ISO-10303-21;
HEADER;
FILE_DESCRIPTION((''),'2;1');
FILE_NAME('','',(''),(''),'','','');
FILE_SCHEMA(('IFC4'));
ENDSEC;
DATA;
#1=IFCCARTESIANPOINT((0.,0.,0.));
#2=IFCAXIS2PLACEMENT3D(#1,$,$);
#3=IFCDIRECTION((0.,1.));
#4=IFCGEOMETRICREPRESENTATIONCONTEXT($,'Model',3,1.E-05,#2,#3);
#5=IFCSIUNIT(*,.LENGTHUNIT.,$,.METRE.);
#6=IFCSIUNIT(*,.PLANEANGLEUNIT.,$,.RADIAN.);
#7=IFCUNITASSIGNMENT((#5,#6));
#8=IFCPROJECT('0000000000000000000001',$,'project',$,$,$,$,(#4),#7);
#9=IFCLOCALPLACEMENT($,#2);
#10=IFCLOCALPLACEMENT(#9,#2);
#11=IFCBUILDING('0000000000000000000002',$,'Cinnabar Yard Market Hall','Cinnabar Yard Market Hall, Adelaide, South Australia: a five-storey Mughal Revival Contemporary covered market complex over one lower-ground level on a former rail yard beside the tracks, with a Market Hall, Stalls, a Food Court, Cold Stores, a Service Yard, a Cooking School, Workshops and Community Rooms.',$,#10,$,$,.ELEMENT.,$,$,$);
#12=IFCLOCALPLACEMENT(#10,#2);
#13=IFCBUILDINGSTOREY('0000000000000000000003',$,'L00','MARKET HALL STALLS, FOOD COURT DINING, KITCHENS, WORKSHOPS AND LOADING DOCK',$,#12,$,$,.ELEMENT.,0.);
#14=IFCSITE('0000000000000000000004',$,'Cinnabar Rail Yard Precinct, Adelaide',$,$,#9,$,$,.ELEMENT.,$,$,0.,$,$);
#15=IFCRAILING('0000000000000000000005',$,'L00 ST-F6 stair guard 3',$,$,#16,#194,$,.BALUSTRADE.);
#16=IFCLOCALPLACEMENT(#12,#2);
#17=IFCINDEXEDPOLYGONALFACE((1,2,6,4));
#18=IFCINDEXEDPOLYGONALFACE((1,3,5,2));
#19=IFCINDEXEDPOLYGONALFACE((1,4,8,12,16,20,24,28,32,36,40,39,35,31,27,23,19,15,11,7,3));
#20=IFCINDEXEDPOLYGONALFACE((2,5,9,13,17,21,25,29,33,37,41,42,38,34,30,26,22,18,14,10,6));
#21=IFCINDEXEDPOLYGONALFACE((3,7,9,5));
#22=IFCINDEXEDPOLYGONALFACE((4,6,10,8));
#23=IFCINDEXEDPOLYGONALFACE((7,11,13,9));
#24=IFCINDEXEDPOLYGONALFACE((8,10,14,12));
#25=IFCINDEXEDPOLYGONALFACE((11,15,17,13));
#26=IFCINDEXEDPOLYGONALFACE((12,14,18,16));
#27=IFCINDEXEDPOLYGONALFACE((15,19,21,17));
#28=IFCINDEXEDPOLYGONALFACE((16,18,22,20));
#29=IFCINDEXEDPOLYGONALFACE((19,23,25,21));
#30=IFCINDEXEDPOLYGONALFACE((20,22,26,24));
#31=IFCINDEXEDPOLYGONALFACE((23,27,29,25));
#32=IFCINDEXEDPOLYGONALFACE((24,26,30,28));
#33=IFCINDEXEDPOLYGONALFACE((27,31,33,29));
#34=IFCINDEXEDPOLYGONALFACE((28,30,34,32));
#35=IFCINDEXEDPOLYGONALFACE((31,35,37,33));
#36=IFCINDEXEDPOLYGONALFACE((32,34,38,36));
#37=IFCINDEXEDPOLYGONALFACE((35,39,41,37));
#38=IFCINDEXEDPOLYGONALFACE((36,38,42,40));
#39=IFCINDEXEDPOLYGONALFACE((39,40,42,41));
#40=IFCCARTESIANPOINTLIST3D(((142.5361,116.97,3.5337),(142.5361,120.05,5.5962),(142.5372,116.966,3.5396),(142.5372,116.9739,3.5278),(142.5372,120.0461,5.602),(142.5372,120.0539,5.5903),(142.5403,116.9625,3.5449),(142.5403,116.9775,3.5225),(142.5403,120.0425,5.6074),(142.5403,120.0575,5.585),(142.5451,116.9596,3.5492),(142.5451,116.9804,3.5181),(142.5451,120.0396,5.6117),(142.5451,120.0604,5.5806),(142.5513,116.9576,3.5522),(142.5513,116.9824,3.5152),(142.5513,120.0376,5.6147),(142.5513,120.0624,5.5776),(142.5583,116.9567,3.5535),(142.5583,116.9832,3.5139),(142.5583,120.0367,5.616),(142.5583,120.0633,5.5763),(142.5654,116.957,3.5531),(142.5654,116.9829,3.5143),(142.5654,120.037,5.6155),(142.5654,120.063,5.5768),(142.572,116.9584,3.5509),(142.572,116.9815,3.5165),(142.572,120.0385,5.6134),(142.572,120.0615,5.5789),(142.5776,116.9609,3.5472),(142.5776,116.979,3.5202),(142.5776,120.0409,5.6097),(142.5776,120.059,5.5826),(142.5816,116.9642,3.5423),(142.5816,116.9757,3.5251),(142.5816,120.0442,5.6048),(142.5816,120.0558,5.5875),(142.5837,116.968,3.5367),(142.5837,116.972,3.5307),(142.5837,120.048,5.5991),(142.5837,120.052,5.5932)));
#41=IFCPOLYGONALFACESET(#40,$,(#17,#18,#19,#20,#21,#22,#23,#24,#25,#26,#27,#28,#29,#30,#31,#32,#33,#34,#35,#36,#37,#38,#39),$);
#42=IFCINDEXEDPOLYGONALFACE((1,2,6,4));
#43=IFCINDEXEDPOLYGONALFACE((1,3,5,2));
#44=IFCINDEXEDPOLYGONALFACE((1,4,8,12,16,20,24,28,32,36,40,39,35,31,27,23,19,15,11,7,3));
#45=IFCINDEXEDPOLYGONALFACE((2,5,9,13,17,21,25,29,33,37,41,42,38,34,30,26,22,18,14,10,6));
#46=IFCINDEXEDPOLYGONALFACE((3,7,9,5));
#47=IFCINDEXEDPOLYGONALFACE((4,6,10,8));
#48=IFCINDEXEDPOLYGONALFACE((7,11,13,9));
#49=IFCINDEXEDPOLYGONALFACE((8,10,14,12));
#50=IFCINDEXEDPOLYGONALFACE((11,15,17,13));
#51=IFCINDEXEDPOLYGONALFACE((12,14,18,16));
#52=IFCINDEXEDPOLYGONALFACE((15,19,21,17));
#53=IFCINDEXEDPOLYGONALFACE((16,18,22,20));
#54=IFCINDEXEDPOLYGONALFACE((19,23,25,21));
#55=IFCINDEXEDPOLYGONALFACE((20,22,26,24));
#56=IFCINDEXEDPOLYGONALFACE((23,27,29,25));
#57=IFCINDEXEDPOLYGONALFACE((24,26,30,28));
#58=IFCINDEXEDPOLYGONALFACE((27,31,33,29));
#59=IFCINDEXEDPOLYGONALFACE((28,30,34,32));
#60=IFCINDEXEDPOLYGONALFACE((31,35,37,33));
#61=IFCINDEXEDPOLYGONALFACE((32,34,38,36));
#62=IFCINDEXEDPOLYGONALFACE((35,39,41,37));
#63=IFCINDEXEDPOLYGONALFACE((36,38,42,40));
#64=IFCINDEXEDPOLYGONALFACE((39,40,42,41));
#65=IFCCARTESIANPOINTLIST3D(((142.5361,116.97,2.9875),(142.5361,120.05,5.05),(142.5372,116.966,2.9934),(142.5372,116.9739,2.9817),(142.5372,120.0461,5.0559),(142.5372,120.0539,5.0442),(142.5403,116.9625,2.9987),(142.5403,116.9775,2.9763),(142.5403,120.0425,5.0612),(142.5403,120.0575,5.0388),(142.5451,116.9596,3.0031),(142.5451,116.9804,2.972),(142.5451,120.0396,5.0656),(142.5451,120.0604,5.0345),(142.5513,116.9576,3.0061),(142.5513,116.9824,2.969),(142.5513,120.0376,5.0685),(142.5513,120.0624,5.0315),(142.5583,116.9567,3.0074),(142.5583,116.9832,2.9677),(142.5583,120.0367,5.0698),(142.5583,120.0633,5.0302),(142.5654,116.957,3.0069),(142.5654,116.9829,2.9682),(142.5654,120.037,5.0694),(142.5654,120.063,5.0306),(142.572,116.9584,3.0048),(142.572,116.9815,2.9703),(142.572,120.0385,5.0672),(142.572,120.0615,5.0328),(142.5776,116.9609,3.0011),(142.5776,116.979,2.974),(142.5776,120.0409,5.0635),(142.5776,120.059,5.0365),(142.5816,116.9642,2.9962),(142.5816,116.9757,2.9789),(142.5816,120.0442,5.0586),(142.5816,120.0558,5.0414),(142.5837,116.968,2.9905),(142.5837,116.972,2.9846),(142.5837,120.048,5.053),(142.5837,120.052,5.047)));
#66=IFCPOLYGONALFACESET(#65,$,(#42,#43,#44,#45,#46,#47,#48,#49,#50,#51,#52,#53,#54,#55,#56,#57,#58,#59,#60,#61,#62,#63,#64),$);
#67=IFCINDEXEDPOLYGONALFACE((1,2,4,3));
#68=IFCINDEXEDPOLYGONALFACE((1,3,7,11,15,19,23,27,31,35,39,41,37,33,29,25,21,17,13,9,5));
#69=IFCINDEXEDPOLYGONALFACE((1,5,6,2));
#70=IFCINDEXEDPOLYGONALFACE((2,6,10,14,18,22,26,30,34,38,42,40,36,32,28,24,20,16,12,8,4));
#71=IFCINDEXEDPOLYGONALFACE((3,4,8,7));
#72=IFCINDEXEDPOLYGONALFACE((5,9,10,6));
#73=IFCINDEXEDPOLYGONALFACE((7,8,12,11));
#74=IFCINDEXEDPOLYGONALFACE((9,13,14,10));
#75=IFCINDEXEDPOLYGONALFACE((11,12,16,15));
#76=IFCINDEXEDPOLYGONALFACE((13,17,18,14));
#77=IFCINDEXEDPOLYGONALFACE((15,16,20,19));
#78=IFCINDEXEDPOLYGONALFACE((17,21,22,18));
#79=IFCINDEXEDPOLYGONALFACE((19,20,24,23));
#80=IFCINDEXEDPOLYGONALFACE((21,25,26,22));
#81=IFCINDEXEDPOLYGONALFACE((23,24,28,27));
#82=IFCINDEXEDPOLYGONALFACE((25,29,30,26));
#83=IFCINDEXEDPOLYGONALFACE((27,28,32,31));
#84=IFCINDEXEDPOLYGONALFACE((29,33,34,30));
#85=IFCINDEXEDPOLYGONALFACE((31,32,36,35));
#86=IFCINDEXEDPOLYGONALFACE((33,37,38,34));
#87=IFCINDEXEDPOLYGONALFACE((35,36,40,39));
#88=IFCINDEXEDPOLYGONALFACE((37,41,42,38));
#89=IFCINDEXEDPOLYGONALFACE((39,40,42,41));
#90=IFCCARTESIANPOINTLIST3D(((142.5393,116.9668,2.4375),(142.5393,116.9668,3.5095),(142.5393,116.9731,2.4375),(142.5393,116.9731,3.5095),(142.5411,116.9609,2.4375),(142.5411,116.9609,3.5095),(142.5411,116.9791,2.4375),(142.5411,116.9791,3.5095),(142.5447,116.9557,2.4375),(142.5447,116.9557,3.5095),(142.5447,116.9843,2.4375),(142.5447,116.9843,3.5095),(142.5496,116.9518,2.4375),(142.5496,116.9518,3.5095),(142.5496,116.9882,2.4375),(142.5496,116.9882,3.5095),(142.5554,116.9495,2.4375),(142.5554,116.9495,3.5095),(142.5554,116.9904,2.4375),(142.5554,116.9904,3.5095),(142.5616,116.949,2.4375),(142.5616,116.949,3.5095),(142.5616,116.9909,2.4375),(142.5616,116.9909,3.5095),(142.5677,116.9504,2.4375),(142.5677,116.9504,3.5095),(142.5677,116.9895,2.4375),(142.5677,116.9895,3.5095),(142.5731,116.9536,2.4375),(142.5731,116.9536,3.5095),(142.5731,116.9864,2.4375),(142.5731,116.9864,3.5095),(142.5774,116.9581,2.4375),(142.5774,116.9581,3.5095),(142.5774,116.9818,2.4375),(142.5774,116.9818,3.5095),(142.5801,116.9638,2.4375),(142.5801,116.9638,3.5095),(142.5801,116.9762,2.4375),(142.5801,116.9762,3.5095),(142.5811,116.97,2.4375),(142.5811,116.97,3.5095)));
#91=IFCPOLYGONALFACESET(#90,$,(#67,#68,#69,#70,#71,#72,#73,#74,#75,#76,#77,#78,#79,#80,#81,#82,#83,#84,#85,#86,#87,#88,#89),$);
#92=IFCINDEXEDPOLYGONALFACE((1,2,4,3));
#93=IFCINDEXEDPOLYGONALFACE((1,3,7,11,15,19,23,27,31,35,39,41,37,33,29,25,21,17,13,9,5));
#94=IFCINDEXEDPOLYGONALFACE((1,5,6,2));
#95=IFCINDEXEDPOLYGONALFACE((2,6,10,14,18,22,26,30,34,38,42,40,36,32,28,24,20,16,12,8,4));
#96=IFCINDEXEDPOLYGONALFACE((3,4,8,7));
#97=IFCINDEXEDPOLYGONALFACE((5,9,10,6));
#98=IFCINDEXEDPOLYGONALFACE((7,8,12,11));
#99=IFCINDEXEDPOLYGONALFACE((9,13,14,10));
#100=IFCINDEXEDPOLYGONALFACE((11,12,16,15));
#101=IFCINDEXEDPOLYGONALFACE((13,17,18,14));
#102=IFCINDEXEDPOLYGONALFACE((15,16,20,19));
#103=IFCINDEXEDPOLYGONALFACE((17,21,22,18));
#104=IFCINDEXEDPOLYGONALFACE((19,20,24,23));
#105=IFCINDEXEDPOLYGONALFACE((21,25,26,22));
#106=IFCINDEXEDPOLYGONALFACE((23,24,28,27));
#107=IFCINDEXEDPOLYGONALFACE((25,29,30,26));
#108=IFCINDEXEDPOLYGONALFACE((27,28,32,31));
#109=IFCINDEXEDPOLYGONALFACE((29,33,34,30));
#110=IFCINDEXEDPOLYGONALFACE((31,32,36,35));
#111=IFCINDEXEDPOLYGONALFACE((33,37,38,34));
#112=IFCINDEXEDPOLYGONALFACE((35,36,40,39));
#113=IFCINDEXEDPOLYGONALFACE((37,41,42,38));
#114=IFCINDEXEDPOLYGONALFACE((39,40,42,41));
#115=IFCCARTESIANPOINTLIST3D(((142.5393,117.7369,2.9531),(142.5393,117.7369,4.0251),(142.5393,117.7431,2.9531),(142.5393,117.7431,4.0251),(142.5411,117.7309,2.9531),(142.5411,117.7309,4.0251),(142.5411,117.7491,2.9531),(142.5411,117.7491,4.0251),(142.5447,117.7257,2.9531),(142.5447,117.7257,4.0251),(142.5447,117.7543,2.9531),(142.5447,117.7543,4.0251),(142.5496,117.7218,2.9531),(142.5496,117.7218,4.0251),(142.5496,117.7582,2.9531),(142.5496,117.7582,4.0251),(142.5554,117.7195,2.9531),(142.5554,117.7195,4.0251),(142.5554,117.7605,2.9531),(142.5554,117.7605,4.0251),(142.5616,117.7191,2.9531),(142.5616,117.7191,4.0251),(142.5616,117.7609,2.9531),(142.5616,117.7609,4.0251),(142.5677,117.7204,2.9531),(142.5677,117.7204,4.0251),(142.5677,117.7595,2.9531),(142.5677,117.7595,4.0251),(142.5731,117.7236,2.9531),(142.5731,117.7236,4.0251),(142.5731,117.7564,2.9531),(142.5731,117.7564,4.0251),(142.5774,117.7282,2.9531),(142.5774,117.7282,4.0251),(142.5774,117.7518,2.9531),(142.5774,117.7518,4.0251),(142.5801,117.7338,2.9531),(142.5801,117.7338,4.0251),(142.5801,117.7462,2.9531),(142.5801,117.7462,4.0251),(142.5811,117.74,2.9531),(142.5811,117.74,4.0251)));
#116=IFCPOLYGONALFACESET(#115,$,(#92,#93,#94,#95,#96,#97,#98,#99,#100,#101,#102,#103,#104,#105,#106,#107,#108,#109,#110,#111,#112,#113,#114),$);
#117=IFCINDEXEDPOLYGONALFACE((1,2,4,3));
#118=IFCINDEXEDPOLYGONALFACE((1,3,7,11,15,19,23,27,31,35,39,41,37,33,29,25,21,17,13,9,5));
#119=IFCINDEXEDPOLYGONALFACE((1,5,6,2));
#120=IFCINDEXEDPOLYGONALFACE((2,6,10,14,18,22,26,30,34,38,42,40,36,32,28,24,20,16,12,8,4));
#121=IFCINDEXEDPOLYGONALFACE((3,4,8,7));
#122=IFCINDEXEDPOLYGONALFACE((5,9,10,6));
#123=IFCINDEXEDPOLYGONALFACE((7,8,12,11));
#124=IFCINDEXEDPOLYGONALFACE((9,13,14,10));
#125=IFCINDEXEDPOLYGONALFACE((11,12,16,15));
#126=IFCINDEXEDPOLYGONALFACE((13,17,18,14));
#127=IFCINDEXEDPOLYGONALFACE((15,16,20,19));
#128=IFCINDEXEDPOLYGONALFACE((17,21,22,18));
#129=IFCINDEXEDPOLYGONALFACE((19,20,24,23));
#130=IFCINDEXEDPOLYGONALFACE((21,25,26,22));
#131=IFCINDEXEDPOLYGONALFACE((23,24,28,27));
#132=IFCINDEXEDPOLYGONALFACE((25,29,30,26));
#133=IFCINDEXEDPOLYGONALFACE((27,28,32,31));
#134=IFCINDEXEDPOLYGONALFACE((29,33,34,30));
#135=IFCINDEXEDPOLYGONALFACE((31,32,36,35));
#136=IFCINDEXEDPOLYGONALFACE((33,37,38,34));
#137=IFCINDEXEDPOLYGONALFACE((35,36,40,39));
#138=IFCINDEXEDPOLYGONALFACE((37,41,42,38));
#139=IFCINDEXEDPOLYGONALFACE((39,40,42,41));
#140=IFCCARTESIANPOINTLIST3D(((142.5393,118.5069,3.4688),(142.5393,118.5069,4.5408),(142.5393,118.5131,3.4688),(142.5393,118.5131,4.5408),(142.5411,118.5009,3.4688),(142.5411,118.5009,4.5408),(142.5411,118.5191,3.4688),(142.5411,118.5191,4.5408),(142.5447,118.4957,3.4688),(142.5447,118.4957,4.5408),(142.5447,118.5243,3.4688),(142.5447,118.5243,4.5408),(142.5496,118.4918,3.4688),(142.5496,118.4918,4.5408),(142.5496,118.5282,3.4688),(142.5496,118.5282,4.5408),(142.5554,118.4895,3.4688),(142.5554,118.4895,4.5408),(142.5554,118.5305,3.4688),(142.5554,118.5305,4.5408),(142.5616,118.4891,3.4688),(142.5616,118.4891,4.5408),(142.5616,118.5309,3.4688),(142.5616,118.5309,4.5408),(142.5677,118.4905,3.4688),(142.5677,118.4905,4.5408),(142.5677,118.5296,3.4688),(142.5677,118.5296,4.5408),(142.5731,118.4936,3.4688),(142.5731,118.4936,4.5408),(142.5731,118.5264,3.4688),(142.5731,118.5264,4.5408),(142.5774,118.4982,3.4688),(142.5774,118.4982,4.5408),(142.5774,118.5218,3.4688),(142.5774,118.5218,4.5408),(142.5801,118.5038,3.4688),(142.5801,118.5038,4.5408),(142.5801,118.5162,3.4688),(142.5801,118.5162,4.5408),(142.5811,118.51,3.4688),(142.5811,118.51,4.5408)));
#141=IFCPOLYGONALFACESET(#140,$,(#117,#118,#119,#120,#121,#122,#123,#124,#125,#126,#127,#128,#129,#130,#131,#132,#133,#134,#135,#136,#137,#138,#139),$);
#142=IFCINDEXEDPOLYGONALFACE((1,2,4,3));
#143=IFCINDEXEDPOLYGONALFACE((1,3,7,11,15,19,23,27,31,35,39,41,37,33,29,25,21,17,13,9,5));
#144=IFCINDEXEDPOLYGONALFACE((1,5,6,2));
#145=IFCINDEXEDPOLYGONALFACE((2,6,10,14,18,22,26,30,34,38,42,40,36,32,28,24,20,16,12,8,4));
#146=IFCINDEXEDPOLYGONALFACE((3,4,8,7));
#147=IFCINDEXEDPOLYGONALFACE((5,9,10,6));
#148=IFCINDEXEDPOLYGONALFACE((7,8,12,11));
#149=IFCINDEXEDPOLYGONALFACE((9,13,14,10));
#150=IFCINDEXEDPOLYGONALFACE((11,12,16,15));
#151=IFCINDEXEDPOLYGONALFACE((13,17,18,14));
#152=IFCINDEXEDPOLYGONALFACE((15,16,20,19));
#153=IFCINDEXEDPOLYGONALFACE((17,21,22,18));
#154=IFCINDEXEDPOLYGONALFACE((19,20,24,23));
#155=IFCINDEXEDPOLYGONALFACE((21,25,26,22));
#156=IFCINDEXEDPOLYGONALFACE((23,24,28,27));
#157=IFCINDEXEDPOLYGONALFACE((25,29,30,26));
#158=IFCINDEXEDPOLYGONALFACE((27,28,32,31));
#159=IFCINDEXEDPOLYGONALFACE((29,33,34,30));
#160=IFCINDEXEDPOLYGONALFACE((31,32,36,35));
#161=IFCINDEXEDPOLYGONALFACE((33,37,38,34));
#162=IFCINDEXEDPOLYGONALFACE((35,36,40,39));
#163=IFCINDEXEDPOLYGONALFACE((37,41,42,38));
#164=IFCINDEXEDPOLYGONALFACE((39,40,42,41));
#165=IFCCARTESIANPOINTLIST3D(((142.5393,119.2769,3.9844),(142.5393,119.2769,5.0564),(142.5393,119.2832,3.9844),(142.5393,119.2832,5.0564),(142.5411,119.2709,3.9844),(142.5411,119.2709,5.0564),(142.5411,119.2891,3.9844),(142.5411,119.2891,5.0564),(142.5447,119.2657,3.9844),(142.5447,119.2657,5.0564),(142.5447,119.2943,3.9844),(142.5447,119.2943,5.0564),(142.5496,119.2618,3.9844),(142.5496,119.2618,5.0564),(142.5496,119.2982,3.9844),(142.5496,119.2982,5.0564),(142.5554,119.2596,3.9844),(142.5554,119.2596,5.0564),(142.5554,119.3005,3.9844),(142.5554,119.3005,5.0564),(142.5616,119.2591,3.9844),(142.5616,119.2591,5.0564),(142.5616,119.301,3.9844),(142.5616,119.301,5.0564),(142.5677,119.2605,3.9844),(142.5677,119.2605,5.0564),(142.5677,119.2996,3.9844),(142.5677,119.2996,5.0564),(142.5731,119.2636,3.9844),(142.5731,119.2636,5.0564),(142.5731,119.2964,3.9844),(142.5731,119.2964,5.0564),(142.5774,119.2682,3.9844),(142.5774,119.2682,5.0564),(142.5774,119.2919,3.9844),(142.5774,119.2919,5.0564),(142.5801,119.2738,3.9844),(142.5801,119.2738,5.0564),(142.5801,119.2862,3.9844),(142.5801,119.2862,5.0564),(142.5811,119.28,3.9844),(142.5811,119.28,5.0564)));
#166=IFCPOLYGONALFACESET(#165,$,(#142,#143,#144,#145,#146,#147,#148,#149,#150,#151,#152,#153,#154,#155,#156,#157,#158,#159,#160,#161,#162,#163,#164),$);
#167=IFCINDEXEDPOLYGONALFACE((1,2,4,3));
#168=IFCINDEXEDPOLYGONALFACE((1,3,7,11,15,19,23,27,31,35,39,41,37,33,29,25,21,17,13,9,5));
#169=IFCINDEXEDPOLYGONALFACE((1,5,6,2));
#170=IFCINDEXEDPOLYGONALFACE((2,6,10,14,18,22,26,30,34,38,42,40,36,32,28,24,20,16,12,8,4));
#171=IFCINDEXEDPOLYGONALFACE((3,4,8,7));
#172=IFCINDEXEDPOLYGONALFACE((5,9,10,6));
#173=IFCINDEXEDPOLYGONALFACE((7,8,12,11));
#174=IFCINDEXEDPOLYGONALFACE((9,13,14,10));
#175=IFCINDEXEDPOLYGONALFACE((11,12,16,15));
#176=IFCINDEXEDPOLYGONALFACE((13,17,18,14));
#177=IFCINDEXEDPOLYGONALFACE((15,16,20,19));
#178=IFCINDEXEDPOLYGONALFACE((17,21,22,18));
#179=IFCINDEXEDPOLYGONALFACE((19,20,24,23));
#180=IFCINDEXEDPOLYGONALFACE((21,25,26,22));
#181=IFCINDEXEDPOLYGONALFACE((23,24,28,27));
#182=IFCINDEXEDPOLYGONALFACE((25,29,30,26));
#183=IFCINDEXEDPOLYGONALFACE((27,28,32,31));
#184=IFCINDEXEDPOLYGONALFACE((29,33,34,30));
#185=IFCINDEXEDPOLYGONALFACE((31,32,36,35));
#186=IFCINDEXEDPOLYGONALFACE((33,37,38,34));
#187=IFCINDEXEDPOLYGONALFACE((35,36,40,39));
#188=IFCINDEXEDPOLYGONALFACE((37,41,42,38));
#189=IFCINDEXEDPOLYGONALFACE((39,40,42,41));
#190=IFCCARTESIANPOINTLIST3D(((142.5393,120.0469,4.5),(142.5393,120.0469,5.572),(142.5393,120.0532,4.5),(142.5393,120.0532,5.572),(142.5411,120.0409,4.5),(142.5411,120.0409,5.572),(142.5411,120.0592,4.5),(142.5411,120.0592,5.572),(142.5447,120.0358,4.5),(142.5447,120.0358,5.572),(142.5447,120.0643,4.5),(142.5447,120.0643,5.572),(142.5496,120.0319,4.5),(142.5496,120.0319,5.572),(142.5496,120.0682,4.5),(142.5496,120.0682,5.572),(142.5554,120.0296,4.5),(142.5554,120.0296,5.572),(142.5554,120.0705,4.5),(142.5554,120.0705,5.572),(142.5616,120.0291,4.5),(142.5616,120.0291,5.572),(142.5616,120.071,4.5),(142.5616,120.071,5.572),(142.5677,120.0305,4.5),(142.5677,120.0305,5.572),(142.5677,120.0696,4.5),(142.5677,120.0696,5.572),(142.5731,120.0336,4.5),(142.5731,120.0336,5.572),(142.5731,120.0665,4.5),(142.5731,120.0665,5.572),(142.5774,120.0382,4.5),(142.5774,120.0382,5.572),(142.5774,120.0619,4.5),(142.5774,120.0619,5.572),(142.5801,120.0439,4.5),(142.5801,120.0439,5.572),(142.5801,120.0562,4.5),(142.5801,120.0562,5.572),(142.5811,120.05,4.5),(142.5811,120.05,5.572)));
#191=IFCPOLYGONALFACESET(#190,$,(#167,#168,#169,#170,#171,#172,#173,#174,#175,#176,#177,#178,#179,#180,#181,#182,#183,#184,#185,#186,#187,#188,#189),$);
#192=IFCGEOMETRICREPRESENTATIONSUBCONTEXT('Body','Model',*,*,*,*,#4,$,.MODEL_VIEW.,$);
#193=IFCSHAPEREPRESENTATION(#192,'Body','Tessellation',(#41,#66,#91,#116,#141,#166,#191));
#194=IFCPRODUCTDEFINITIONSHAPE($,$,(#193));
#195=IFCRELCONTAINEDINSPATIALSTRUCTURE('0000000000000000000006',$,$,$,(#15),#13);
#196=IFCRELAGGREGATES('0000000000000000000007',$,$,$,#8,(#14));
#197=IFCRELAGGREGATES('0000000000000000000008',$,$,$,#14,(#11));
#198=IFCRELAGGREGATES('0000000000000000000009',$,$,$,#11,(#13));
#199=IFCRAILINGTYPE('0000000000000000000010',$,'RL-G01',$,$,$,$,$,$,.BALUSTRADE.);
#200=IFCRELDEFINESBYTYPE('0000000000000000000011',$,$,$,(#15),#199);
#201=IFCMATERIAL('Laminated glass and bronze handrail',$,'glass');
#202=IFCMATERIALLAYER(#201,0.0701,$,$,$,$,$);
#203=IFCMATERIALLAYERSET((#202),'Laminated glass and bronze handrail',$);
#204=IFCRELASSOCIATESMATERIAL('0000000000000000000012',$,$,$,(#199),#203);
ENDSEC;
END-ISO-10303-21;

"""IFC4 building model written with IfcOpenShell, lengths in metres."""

from ifc_helpers import new_model, si_unit, direction, frame, origin, origin_2d_with_axis, place, context, subcontext, project, spatial, circle, extrude, material, layer, layer_set, type_object, element, save


model = new_model("IFC4")

# Units and contexts
model_context = context("Model", 3, precision=1e-05, world=origin(), true_north=direction((0.0, 1.0)))
body_context = subcontext(model_context, "Body", "Model", "MODEL_VIEW")
ifc_project = project(units=[si_unit("LENGTHUNIT", "METRE"), si_unit("PLANEANGLEUNIT", "RADIAN")], contexts=[model_context])

# Site, building, storey
site_placement = place(None, origin())
site = spatial("IfcSite", under=ifc_project, at=site_placement, Name="Cinnabar Rail Yard Precinct, Adelaide", CompositionType="ELEMENT", RefElevation=0.0)
building_placement = place(site_placement, origin())
building = spatial("IfcBuilding", under=site, at=building_placement, Name="Cinnabar Yard Market Hall", Description="Cinnabar Yard Market Hall, Adelaide, South Australia: a five-storey Mughal Revival Contemporary covered market complex over one lower-ground level on a former rail yard beside the tracks, with a Market Hall, Stalls, a Food Court, Cold Stores, a Service Yard, a Cooking School, Workshops and Community Rooms.", CompositionType="ELEMENT")
storey_placement = place(building_placement, origin())
storey = spatial("IfcBuildingStorey", under=building, at=storey_placement, Name="L00", Description="MARKET HALL STALLS, FOOD COURT DINING, KITCHENS, WORKSHOPS AND LOADING DOCK", CompositionType="ELEMENT", Elevation=0.0)

# Railing
ifc_material_1 = material(Name="Laminated glass and bronze handrail", Category="glass")
ifc_layer_1 = layer(ifc_material_1, 0.0701)
ifc_layer_set_1 = layer_set([ifc_layer_1], Name="Laminated glass and bronze handrail")
railing_type_1 = type_object("IfcRailingType", Name="RL-G01", PredefinedType="BALUSTRADE", material=ifc_layer_set_1)
railing_1_placement = place(storey_placement, frame((142.5601, 116.97, 2.4375)))
element("IfcRailing", 1, at=railing_1_placement, inside=storey, type_object=railing_type_1, Name="L00 ST-F6 stair guard 3", PredefinedType="BALUSTRADE", context=body_context, shape_type="SweptSolid", body=[
    extrude(circle(Radius=0.0239, at=origin_2d_with_axis()), frame((0.0, 0.0, 1.0962), z_axis=(0.0, 0.830914, 0.556401), x_axis=(-1.0, 0.0, 0.0)), (0.0, 0.0, 1.0), 3.7068),
    extrude(circle(Radius=0.0239, at=origin_2d_with_axis()), frame((0.0, 0.0, 0.55), z_axis=(0.0, 0.830914, 0.556401), x_axis=(-1.0, 0.0, 0.0)), (0.0, 0.0, 1.0), 3.7068),
    extrude(circle(Radius=0.021, at=origin_2d_with_axis()), origin(), (0.0, 0.0, 1.0), 1.072),
    extrude(circle(Radius=0.021, at=origin_2d_with_axis()), frame((0.0, 0.77, 0.5156)), (0.0, 0.0, 1.0), 1.072),
    extrude(circle(Radius=0.021, at=origin_2d_with_axis()), frame((0.0, 1.54, 1.0312)), (0.0, 0.0, 1.0), 1.072),
    extrude(circle(Radius=0.021, at=origin_2d_with_axis()), frame((0.0, 2.3101, 1.5469)), (0.0, 0.0, 1.0), 1.072),
    extrude(circle(Radius=0.021, at=origin_2d_with_axis()), frame((0.0, 3.0801, 2.0625)), (0.0, 0.0, 1.0), 1.072),
])

save(model, "model.ifc")
